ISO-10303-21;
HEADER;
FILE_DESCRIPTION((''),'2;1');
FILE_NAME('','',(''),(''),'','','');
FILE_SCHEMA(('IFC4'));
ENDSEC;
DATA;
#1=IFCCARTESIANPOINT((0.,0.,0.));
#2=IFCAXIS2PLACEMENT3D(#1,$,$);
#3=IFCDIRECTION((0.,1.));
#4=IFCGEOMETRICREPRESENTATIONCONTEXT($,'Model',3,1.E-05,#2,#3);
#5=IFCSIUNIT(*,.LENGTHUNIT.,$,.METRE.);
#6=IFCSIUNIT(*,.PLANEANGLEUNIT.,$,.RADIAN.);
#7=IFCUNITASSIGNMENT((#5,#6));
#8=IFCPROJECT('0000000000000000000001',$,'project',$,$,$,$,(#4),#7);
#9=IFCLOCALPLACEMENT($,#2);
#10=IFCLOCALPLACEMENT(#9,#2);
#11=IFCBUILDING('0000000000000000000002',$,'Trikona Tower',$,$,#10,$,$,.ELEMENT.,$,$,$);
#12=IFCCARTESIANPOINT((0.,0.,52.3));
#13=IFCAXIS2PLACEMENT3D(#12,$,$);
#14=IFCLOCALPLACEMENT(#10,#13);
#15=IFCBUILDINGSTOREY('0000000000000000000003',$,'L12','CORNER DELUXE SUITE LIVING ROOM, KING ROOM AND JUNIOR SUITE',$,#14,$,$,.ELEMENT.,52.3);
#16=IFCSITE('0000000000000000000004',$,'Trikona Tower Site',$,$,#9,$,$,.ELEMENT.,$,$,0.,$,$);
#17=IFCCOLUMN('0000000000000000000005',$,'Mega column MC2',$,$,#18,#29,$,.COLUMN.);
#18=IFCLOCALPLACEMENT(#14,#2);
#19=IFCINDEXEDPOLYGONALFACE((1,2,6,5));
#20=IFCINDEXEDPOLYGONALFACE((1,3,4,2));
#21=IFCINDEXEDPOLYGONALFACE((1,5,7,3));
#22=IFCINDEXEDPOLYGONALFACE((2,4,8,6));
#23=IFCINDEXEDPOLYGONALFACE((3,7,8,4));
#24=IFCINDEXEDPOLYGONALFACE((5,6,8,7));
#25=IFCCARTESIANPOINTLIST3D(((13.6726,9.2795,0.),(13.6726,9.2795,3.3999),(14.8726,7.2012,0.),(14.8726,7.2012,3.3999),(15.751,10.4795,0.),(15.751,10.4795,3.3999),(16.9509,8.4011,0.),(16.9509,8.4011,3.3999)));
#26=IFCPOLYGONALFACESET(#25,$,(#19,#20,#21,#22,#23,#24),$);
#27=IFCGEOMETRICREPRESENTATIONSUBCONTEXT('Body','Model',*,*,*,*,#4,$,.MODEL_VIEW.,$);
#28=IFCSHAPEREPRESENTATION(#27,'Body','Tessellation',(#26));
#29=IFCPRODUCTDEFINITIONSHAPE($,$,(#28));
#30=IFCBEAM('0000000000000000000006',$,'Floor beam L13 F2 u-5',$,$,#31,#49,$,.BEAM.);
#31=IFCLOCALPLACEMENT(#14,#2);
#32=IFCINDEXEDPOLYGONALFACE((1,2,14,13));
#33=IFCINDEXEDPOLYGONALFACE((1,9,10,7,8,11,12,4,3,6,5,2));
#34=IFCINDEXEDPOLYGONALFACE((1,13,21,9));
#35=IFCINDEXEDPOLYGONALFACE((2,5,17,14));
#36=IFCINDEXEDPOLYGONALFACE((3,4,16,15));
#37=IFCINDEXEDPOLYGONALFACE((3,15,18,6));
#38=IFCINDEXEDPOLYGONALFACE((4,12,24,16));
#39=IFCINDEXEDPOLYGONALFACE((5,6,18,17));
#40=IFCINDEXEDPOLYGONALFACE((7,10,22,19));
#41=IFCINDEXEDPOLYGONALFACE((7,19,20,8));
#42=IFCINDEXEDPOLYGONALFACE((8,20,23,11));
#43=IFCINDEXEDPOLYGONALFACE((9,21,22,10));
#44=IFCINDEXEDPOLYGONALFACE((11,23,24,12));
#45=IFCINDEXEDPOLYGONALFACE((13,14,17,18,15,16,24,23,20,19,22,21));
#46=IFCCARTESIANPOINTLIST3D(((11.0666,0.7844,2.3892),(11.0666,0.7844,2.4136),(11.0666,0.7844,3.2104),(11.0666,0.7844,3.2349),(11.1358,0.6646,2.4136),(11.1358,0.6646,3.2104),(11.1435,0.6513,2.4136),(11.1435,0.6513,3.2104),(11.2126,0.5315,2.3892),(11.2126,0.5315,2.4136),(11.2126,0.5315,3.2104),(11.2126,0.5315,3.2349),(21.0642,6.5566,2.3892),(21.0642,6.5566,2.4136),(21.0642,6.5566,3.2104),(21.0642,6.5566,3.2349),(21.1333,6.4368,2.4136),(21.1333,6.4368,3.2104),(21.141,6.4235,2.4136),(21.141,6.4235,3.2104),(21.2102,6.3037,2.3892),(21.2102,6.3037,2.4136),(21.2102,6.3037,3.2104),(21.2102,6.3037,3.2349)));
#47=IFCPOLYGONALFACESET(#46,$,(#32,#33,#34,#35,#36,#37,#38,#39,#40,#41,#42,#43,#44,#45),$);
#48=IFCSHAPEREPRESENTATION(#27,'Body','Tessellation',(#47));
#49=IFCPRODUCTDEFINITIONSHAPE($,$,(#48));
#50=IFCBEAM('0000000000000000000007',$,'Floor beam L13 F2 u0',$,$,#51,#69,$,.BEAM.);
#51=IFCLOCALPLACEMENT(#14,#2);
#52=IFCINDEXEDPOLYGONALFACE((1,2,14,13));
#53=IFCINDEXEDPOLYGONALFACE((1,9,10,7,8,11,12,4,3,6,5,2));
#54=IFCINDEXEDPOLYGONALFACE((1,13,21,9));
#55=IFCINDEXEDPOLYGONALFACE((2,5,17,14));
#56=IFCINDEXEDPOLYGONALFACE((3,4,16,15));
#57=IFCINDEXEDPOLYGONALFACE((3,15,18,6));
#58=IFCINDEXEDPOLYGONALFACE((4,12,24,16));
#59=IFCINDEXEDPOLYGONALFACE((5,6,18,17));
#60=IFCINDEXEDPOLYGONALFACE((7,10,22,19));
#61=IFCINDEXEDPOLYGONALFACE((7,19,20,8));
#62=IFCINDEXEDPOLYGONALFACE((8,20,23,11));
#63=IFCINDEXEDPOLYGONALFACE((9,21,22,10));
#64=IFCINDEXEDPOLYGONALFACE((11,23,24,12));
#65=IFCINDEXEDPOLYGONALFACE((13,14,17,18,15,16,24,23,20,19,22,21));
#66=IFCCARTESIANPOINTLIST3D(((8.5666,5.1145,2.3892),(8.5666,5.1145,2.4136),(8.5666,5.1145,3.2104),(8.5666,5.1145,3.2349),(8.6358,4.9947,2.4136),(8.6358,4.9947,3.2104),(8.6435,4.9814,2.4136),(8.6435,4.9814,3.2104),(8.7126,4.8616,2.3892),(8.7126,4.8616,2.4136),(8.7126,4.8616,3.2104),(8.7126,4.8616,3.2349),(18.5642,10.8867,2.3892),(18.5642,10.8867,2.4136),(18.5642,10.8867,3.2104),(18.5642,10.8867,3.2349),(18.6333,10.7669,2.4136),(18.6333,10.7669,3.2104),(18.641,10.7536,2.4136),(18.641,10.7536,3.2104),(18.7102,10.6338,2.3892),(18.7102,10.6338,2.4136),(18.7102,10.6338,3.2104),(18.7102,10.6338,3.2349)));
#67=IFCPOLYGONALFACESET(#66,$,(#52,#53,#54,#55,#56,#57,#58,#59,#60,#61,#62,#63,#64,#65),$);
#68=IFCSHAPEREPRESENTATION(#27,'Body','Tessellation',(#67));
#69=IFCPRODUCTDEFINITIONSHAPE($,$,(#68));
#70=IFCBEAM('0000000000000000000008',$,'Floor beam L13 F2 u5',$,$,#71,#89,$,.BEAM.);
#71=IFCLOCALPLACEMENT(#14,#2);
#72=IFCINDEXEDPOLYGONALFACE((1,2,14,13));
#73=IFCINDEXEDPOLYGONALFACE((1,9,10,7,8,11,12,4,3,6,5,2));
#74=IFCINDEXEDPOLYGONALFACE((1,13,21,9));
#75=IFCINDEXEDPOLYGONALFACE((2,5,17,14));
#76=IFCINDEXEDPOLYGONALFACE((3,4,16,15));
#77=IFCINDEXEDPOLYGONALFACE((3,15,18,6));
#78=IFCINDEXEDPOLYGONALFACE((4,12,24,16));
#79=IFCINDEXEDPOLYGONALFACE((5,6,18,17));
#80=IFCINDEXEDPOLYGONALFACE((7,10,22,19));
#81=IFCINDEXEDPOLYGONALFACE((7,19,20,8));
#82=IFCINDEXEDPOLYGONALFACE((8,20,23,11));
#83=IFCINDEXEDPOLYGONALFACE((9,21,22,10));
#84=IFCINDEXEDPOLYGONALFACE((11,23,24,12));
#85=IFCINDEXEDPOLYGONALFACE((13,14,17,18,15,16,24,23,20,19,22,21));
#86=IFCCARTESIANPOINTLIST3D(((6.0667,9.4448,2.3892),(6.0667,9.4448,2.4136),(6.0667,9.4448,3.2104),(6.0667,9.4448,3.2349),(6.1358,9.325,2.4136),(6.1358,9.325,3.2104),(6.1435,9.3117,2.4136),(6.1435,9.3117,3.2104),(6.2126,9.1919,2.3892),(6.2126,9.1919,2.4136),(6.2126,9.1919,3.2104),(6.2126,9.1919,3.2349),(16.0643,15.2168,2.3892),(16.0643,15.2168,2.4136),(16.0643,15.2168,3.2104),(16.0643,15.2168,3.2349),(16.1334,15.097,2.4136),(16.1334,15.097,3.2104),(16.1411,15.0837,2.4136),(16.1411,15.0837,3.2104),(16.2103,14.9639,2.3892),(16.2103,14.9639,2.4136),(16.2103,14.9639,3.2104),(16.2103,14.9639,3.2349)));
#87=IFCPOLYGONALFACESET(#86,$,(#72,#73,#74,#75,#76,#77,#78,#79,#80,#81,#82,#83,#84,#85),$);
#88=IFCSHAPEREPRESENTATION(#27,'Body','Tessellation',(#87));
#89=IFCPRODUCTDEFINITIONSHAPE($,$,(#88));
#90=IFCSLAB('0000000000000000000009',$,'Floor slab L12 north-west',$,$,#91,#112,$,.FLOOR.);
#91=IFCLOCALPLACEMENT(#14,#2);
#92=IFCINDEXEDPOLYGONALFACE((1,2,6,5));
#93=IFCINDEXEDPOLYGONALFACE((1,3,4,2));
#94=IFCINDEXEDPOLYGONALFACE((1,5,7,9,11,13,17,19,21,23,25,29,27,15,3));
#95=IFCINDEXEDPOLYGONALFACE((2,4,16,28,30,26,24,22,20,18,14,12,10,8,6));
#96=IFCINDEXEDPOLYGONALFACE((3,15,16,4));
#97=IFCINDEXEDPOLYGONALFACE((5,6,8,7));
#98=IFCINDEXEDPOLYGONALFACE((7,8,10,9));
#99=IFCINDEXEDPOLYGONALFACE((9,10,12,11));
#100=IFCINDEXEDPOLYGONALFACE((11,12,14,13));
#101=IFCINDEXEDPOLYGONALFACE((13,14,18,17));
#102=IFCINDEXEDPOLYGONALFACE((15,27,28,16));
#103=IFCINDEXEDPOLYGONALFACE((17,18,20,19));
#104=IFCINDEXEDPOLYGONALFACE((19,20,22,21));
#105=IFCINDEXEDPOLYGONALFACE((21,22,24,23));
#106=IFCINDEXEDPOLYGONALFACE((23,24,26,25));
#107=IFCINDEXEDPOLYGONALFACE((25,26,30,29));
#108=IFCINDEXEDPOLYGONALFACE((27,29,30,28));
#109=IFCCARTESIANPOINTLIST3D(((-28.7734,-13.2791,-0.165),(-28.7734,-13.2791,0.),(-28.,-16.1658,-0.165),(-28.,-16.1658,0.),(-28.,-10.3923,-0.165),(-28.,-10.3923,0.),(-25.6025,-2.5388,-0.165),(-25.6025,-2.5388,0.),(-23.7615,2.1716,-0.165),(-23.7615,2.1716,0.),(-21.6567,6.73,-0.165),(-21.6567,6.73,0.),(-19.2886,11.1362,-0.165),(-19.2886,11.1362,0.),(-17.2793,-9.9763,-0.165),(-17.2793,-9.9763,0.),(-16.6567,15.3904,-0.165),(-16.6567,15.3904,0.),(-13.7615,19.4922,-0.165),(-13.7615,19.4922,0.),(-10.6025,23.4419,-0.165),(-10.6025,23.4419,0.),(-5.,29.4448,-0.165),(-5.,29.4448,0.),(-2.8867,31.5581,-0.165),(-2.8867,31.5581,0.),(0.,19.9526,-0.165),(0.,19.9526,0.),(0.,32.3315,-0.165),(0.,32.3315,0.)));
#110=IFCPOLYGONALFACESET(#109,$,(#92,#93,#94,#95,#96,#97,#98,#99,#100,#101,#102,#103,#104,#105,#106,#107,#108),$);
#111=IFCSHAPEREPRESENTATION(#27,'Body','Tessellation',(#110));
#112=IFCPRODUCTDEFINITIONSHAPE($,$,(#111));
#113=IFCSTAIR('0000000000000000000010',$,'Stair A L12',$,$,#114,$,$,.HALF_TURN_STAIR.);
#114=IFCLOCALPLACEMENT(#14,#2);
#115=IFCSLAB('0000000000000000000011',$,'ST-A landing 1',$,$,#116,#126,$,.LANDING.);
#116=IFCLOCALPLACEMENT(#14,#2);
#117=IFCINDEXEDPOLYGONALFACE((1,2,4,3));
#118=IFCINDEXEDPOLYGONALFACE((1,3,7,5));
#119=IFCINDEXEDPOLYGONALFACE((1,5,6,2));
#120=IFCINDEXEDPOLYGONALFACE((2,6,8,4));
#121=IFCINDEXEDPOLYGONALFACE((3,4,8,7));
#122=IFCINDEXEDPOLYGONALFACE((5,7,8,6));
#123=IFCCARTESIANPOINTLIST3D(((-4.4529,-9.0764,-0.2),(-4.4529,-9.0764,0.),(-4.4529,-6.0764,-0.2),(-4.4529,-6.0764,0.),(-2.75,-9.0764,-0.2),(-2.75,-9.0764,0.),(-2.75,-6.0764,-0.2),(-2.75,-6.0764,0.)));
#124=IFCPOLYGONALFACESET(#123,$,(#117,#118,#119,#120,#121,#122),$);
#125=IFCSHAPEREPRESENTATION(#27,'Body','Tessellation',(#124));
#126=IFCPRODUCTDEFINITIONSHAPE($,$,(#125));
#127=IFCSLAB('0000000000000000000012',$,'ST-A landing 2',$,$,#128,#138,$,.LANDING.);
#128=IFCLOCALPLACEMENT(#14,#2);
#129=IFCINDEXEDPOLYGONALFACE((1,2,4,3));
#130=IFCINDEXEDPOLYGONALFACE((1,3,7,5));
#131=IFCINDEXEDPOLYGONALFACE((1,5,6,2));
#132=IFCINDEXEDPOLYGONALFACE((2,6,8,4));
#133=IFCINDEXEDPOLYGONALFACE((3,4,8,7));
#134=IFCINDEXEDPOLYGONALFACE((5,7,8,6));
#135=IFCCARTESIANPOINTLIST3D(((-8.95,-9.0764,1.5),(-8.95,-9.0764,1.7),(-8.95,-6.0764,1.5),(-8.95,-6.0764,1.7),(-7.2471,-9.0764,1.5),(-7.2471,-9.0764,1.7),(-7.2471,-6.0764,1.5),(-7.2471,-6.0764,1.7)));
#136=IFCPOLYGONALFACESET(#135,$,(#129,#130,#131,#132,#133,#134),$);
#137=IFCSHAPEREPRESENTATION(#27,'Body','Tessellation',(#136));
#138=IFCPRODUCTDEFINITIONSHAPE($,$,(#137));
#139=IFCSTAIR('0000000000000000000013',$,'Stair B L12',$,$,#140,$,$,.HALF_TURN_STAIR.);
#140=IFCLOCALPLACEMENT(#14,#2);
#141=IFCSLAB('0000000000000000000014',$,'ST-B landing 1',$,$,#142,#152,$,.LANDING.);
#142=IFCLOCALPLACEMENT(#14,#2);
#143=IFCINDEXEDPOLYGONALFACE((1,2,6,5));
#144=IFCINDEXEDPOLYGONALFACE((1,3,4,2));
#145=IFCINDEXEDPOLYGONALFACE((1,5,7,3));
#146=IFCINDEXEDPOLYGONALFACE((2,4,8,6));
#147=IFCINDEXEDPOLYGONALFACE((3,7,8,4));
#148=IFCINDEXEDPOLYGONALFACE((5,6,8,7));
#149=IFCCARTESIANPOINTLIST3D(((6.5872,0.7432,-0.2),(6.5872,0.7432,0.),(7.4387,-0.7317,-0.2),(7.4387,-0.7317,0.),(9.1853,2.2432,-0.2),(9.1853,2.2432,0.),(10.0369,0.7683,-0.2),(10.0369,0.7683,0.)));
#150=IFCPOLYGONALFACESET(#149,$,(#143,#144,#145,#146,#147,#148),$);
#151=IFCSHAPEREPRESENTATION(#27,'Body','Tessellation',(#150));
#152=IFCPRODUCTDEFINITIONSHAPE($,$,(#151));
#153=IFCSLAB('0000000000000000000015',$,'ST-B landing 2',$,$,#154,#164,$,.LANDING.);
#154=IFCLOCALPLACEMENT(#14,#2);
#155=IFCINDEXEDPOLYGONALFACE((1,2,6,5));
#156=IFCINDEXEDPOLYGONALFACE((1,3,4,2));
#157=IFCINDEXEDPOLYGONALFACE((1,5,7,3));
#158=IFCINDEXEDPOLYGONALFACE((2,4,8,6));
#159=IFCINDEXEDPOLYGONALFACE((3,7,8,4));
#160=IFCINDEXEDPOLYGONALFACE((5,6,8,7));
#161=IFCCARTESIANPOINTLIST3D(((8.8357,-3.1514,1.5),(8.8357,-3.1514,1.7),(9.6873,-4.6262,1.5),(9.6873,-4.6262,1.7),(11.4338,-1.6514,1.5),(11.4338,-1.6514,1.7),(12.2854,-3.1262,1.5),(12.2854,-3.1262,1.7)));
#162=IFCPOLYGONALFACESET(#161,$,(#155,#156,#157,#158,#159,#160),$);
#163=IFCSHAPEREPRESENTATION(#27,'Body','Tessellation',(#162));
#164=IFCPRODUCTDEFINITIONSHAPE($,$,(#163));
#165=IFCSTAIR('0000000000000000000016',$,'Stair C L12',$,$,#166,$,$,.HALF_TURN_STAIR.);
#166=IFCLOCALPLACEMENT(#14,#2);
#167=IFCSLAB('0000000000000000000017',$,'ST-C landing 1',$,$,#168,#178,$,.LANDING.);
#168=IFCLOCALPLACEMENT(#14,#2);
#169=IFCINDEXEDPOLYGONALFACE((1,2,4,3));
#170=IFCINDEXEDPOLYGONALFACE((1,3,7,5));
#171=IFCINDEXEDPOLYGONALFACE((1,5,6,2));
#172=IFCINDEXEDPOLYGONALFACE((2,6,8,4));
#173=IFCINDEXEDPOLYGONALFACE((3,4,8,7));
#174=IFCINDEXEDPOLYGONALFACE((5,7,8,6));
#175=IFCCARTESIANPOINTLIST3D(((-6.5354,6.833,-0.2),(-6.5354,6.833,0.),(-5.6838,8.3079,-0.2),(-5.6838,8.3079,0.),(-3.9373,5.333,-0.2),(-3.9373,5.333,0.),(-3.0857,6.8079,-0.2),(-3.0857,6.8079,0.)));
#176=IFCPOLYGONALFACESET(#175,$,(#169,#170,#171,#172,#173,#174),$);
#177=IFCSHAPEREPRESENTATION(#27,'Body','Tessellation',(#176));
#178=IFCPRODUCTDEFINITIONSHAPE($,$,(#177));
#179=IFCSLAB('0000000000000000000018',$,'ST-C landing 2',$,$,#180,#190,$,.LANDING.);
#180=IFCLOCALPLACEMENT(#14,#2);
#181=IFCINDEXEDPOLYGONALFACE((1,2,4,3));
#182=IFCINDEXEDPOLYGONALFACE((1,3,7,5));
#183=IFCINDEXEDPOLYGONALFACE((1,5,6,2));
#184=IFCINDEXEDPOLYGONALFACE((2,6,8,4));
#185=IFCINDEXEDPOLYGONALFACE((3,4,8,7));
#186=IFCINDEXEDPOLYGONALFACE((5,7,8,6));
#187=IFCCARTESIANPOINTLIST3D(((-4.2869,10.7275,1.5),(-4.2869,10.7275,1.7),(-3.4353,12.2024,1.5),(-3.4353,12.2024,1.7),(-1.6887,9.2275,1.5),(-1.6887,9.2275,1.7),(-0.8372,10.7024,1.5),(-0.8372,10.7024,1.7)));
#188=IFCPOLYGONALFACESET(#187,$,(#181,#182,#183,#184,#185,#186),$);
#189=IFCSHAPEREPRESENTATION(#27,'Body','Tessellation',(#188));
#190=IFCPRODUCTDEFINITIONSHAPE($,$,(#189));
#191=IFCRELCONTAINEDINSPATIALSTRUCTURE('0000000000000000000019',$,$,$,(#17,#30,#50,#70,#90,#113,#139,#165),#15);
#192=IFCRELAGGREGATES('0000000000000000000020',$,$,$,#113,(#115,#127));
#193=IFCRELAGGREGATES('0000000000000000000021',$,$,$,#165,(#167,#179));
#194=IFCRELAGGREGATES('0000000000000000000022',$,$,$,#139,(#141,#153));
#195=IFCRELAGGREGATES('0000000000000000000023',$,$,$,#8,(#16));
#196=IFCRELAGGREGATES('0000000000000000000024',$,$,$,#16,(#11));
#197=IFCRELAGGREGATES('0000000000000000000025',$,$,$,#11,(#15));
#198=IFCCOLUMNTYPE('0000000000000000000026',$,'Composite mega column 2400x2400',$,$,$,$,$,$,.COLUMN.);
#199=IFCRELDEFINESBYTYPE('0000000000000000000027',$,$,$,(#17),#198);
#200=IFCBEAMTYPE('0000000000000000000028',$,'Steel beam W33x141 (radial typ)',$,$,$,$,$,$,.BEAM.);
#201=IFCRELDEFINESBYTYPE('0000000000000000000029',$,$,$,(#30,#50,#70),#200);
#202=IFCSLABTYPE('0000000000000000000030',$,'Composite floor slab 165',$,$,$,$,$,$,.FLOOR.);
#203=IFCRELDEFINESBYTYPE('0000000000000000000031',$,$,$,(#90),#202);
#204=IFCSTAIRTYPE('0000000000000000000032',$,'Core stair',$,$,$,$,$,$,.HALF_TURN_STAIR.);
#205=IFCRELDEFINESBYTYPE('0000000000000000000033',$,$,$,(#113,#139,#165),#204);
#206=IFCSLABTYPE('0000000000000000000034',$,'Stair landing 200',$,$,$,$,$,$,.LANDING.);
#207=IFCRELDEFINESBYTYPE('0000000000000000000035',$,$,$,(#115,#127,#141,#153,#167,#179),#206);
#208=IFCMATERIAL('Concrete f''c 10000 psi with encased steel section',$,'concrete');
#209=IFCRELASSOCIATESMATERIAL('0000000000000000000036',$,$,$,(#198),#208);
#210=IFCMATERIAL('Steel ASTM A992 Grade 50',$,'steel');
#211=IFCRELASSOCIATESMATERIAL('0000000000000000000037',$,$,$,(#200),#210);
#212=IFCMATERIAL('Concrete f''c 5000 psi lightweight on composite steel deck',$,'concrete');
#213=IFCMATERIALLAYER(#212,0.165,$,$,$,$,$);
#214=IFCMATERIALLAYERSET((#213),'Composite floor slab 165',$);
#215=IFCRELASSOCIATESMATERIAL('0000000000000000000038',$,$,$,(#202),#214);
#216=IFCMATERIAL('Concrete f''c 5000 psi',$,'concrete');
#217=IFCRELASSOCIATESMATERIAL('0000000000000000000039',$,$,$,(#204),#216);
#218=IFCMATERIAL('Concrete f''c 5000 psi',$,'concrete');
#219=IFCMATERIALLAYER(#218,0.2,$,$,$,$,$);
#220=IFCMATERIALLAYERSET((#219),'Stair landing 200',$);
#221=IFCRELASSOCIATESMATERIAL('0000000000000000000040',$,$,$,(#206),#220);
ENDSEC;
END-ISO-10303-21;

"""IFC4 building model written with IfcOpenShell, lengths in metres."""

from ifc_helpers import new_model, si_unit, direction, frame, origin, origin_2d, place, context, subcontext, project, spatial, polyline, rectangle, i_section, outline, extrude, material, layer, layer_set, material_profile, profile_set, type_object, element, aggregate, save


model = new_model("IFC4")

# Units and contexts
model_context = context("Model", 3, precision=1e-05, world=origin(), true_north=direction((0.0, 1.0)))
body_context = subcontext(model_context, "Body", "Model", "MODEL_VIEW")
ifc_project = project(units=[si_unit("LENGTHUNIT", "METRE"), si_unit("PLANEANGLEUNIT", "RADIAN")], contexts=[model_context])

# Site, building, storey
site_placement = place(None, origin())
site = spatial("IfcSite", under=ifc_project, at=site_placement, Name="Trikona Tower Site", CompositionType="ELEMENT", RefElevation=0.0)
building_placement = place(site_placement, origin())
building = spatial("IfcBuilding", under=site, at=building_placement, Name="Trikona Tower", CompositionType="ELEMENT")
storey_placement = place(building_placement, frame((0.0, 0.0, 52.3)))
storey = spatial("IfcBuildingStorey", under=building, at=storey_placement, Name="L12", Description="CORNER DELUXE SUITE LIVING ROOM, KING ROOM AND JUNIOR SUITE", CompositionType="ELEMENT", Elevation=52.3)

# Column
ifc_material_1 = material(Name="Concrete f'c 10000 psi with encased steel section", Category="concrete")
ifc_material_profile_1 = material_profile(ifc_material_1, rectangle(XDim=2.3999, YDim=2.3999, at=origin_2d()), Name="MC2400")
ifc_profile_set_1 = profile_set([ifc_material_profile_1], Name="Concrete f'c 10000 psi with encased steel section")
column_type = type_object("IfcColumnType", Name="Composite mega column 2400x2400", PredefinedType="COLUMN", material=ifc_profile_set_1)
column_placement = place(storey_placement, frame((15.3118, 8.8403, 0.0), z_axis=(0.0, 0.0, 1.0), x_axis=(0.866025, 0.5, 0.0)))
element("IfcColumn", 1, at=column_placement, inside=storey, type_object=column_type, Name="Mega column MC2", PredefinedType="COLUMN", context=body_context, shape_type="SweptSolid", body=[
    extrude(rectangle(XDim=2.3999, YDim=2.3999, at=origin_2d()), origin(), (0.0, 0.0, 1.0), 3.3999),
])

# Beams
ifc_material_2 = material(Name="Steel ASTM A992 Grade 50", Category="steel")
ifc_material_profile_2 = material_profile(ifc_material_2, i_section(OverallWidth=0.292, OverallDepth=0.8457, WebThickness=0.0154, FlangeThickness=0.0244, at=origin_2d()), Name="W33X141")
ifc_profile_set_2 = profile_set([ifc_material_profile_2], Name="Steel ASTM A992 Grade 50")
beam_type = type_object("IfcBeamType", Name="Steel beam W33x141 (radial typ)", PredefinedType="BEAM", material=ifc_profile_set_2)
for number, where, z_axis, x_axis, name in (
    (2, (11.1396, 0.658, 2.812), (0.866021, 0.500008, 0.0), (-0.500008, 0.866021, 0.0), "Floor beam L13 F2 u-5"),
    (3, (8.6396, 4.988, 2.812), (0.866021, 0.500008, 0.0), (-0.500008, 0.866021, 0.0), "Floor beam L13 F2 u0"),
    (4, (6.1396, 9.3184, 2.812), (0.86603, 0.499992, 0.0), (-0.499992, 0.86603, 0.0), "Floor beam L13 F2 u5"),
):
    element("IfcBeam", number, at=place(storey_placement, frame(where, z_axis=z_axis, x_axis=x_axis)), inside=storey, type_object=beam_type, Name=name, PredefinedType="BEAM", context=body_context, shape_type="SweptSolid", body=[
        extrude(i_section(OverallWidth=0.292, OverallDepth=0.8457, WebThickness=0.0154, FlangeThickness=0.0244, at=origin_2d()), origin(), (0.0, 0.0, 1.0), 11.5442),
    ])

# Slab
ifc_material_3 = material(Name="Concrete f'c 5000 psi lightweight on composite steel deck", Category="concrete")
ifc_layer_1 = layer(ifc_material_3, 0.165)
ifc_layer_set_1 = layer_set([ifc_layer_1], Name="Composite floor slab 165")
slab_type_1 = type_object("IfcSlabType", Name="Composite floor slab 165", PredefinedType="FLOOR", material=ifc_layer_set_1)
slab_1_placement = place(storey_placement, frame((0.0, 0.0, -0.165)))
element("IfcSlab", 5, at=slab_1_placement, inside=storey, type_object=slab_type_1, Name="Floor slab L12 north-west", PredefinedType="FLOOR", context=body_context, shape_type="SweptSolid", body=[
    extrude(outline(polyline([(0.0, 19.9526), (0.0, 32.3315), (-2.8867, 31.5581), (-5.0, 29.4448), (-10.6025, 23.4419), (-13.7615, 19.4922), (-16.6567, 15.3904), (-19.2886, 11.1362), (-21.6567, 6.73), (-23.7615, 2.1716), (-25.6025, -2.5388), (-28.0, -10.3923), (-28.7734, -13.2791), (-28.0, -16.1658), (-17.2793, -9.9763), (0.0, 19.9526)])), origin(), (0.0, 0.0, 1.0), 0.165),
])

# Stairs, slabs
ifc_material_4 = material(Name="Concrete f'c 5000 psi", Category="concrete")
stair_type = type_object("IfcStairType", Name="Core stair", PredefinedType="HALF_TURN_STAIR", material=ifc_material_4)
stair_1_placement = place(storey_placement, origin())
stair_1 = element("IfcStair", 6, at=stair_1_placement, inside=storey, type_object=stair_type, Name="Stair A L12", PredefinedType="HALF_TURN_STAIR")
ifc_material_5 = material(Name="Concrete f'c 5000 psi", Category="concrete")
ifc_layer_2 = layer(ifc_material_5, 0.2)
ifc_layer_set_2 = layer_set([ifc_layer_2], Name="Stair landing 200")
slab_type_2 = type_object("IfcSlabType", Name="Stair landing 200", PredefinedType="LANDING", material=ifc_layer_set_2)
slab_2_placement = place(storey_placement, frame((0.0, 0.0, -0.2)))
slab_2 = element("IfcSlab", 7, at=slab_2_placement, type_object=slab_type_2, Name="ST-A landing 1", PredefinedType="LANDING", context=body_context, shape_type="SweptSolid", body=[
    extrude(outline(polyline([(-4.4529, -6.0764), (-2.75, -6.0764), (-2.75, -9.0764), (-4.4529, -9.0764), (-4.4529, -6.0764)])), origin(), (0.0, 0.0, 1.0), 0.2),
])
slab_3_placement = place(storey_placement, frame((0.0, 0.0, 1.5)))
slab_3 = element("IfcSlab", 8, at=slab_3_placement, type_object=slab_type_2, Name="ST-A landing 2", PredefinedType="LANDING", context=body_context, shape_type="SweptSolid", body=[
    extrude(outline(polyline([(-8.95, -6.0764), (-7.2471, -6.0764), (-7.2471, -9.0764), (-8.95, -9.0764), (-8.95, -6.0764)])), origin(), (0.0, 0.0, 1.0), 0.2),
])
aggregate(stair_1, [slab_2, slab_3])
stair_2_placement = place(storey_placement, origin())
stair_2 = element("IfcStair", 9, at=stair_2_placement, inside=storey, type_object=stair_type, Name="Stair B L12", PredefinedType="HALF_TURN_STAIR")
slab_4_placement = place(storey_placement, frame((0.0, 0.0, -0.2)))
slab_4 = element("IfcSlab", 10, at=slab_4_placement, type_object=slab_type_2, Name="ST-B landing 1", PredefinedType="LANDING", context=body_context, shape_type="SweptSolid", body=[
    extrude(outline(polyline([(7.4387, -0.7317), (6.5872, 0.7432), (9.1853, 2.2432), (10.0369, 0.7683), (7.4387, -0.7317)])), origin(), (0.0, 0.0, 1.0), 0.2),
])
slab_5_placement = place(storey_placement, frame((0.0, 0.0, 1.5)))
slab_5 = element("IfcSlab", 11, at=slab_5_placement, type_object=slab_type_2, Name="ST-B landing 2", PredefinedType="LANDING", context=body_context, shape_type="SweptSolid", body=[
    extrude(outline(polyline([(9.6873, -4.6262), (8.8357, -3.1514), (11.4338, -1.6514), (12.2854, -3.1262), (9.6873, -4.6262)])), origin(), (0.0, 0.0, 1.0), 0.2),
])
stair_3_placement = place(storey_placement, origin())
stair_3 = element("IfcStair", 12, at=stair_3_placement, inside=storey, type_object=stair_type, Name="Stair C L12", PredefinedType="HALF_TURN_STAIR")
slab_6_placement = place(storey_placement, frame((0.0, 0.0, -0.2)))
slab_6 = element("IfcSlab", 13, at=slab_6_placement, type_object=slab_type_2, Name="ST-C landing 1", PredefinedType="LANDING", context=body_context, shape_type="SweptSolid", body=[
    extrude(outline(polyline([(-3.0857, 6.8079), (-3.9373, 5.333), (-6.5354, 6.833), (-5.6838, 8.3079), (-3.0857, 6.8079)])), origin(), (0.0, 0.0, 1.0), 0.2),
])
slab_7_placement = place(storey_placement, frame((0.0, 0.0, 1.5)))
slab_7 = element("IfcSlab", 14, at=slab_7_placement, type_object=slab_type_2, Name="ST-C landing 2", PredefinedType="LANDING", context=body_context, shape_type="SweptSolid", body=[
    extrude(outline(polyline([(-0.8372, 10.7024), (-1.6887, 9.2275), (-4.2869, 10.7275), (-3.4353, 12.2024), (-0.8372, 10.7024)])), origin(), (0.0, 0.0, 1.0), 0.2),
])
aggregate(stair_3, [slab_6, slab_7])

aggregate(stair_2, [slab_4, slab_5])

save(model, "model.ifc")
